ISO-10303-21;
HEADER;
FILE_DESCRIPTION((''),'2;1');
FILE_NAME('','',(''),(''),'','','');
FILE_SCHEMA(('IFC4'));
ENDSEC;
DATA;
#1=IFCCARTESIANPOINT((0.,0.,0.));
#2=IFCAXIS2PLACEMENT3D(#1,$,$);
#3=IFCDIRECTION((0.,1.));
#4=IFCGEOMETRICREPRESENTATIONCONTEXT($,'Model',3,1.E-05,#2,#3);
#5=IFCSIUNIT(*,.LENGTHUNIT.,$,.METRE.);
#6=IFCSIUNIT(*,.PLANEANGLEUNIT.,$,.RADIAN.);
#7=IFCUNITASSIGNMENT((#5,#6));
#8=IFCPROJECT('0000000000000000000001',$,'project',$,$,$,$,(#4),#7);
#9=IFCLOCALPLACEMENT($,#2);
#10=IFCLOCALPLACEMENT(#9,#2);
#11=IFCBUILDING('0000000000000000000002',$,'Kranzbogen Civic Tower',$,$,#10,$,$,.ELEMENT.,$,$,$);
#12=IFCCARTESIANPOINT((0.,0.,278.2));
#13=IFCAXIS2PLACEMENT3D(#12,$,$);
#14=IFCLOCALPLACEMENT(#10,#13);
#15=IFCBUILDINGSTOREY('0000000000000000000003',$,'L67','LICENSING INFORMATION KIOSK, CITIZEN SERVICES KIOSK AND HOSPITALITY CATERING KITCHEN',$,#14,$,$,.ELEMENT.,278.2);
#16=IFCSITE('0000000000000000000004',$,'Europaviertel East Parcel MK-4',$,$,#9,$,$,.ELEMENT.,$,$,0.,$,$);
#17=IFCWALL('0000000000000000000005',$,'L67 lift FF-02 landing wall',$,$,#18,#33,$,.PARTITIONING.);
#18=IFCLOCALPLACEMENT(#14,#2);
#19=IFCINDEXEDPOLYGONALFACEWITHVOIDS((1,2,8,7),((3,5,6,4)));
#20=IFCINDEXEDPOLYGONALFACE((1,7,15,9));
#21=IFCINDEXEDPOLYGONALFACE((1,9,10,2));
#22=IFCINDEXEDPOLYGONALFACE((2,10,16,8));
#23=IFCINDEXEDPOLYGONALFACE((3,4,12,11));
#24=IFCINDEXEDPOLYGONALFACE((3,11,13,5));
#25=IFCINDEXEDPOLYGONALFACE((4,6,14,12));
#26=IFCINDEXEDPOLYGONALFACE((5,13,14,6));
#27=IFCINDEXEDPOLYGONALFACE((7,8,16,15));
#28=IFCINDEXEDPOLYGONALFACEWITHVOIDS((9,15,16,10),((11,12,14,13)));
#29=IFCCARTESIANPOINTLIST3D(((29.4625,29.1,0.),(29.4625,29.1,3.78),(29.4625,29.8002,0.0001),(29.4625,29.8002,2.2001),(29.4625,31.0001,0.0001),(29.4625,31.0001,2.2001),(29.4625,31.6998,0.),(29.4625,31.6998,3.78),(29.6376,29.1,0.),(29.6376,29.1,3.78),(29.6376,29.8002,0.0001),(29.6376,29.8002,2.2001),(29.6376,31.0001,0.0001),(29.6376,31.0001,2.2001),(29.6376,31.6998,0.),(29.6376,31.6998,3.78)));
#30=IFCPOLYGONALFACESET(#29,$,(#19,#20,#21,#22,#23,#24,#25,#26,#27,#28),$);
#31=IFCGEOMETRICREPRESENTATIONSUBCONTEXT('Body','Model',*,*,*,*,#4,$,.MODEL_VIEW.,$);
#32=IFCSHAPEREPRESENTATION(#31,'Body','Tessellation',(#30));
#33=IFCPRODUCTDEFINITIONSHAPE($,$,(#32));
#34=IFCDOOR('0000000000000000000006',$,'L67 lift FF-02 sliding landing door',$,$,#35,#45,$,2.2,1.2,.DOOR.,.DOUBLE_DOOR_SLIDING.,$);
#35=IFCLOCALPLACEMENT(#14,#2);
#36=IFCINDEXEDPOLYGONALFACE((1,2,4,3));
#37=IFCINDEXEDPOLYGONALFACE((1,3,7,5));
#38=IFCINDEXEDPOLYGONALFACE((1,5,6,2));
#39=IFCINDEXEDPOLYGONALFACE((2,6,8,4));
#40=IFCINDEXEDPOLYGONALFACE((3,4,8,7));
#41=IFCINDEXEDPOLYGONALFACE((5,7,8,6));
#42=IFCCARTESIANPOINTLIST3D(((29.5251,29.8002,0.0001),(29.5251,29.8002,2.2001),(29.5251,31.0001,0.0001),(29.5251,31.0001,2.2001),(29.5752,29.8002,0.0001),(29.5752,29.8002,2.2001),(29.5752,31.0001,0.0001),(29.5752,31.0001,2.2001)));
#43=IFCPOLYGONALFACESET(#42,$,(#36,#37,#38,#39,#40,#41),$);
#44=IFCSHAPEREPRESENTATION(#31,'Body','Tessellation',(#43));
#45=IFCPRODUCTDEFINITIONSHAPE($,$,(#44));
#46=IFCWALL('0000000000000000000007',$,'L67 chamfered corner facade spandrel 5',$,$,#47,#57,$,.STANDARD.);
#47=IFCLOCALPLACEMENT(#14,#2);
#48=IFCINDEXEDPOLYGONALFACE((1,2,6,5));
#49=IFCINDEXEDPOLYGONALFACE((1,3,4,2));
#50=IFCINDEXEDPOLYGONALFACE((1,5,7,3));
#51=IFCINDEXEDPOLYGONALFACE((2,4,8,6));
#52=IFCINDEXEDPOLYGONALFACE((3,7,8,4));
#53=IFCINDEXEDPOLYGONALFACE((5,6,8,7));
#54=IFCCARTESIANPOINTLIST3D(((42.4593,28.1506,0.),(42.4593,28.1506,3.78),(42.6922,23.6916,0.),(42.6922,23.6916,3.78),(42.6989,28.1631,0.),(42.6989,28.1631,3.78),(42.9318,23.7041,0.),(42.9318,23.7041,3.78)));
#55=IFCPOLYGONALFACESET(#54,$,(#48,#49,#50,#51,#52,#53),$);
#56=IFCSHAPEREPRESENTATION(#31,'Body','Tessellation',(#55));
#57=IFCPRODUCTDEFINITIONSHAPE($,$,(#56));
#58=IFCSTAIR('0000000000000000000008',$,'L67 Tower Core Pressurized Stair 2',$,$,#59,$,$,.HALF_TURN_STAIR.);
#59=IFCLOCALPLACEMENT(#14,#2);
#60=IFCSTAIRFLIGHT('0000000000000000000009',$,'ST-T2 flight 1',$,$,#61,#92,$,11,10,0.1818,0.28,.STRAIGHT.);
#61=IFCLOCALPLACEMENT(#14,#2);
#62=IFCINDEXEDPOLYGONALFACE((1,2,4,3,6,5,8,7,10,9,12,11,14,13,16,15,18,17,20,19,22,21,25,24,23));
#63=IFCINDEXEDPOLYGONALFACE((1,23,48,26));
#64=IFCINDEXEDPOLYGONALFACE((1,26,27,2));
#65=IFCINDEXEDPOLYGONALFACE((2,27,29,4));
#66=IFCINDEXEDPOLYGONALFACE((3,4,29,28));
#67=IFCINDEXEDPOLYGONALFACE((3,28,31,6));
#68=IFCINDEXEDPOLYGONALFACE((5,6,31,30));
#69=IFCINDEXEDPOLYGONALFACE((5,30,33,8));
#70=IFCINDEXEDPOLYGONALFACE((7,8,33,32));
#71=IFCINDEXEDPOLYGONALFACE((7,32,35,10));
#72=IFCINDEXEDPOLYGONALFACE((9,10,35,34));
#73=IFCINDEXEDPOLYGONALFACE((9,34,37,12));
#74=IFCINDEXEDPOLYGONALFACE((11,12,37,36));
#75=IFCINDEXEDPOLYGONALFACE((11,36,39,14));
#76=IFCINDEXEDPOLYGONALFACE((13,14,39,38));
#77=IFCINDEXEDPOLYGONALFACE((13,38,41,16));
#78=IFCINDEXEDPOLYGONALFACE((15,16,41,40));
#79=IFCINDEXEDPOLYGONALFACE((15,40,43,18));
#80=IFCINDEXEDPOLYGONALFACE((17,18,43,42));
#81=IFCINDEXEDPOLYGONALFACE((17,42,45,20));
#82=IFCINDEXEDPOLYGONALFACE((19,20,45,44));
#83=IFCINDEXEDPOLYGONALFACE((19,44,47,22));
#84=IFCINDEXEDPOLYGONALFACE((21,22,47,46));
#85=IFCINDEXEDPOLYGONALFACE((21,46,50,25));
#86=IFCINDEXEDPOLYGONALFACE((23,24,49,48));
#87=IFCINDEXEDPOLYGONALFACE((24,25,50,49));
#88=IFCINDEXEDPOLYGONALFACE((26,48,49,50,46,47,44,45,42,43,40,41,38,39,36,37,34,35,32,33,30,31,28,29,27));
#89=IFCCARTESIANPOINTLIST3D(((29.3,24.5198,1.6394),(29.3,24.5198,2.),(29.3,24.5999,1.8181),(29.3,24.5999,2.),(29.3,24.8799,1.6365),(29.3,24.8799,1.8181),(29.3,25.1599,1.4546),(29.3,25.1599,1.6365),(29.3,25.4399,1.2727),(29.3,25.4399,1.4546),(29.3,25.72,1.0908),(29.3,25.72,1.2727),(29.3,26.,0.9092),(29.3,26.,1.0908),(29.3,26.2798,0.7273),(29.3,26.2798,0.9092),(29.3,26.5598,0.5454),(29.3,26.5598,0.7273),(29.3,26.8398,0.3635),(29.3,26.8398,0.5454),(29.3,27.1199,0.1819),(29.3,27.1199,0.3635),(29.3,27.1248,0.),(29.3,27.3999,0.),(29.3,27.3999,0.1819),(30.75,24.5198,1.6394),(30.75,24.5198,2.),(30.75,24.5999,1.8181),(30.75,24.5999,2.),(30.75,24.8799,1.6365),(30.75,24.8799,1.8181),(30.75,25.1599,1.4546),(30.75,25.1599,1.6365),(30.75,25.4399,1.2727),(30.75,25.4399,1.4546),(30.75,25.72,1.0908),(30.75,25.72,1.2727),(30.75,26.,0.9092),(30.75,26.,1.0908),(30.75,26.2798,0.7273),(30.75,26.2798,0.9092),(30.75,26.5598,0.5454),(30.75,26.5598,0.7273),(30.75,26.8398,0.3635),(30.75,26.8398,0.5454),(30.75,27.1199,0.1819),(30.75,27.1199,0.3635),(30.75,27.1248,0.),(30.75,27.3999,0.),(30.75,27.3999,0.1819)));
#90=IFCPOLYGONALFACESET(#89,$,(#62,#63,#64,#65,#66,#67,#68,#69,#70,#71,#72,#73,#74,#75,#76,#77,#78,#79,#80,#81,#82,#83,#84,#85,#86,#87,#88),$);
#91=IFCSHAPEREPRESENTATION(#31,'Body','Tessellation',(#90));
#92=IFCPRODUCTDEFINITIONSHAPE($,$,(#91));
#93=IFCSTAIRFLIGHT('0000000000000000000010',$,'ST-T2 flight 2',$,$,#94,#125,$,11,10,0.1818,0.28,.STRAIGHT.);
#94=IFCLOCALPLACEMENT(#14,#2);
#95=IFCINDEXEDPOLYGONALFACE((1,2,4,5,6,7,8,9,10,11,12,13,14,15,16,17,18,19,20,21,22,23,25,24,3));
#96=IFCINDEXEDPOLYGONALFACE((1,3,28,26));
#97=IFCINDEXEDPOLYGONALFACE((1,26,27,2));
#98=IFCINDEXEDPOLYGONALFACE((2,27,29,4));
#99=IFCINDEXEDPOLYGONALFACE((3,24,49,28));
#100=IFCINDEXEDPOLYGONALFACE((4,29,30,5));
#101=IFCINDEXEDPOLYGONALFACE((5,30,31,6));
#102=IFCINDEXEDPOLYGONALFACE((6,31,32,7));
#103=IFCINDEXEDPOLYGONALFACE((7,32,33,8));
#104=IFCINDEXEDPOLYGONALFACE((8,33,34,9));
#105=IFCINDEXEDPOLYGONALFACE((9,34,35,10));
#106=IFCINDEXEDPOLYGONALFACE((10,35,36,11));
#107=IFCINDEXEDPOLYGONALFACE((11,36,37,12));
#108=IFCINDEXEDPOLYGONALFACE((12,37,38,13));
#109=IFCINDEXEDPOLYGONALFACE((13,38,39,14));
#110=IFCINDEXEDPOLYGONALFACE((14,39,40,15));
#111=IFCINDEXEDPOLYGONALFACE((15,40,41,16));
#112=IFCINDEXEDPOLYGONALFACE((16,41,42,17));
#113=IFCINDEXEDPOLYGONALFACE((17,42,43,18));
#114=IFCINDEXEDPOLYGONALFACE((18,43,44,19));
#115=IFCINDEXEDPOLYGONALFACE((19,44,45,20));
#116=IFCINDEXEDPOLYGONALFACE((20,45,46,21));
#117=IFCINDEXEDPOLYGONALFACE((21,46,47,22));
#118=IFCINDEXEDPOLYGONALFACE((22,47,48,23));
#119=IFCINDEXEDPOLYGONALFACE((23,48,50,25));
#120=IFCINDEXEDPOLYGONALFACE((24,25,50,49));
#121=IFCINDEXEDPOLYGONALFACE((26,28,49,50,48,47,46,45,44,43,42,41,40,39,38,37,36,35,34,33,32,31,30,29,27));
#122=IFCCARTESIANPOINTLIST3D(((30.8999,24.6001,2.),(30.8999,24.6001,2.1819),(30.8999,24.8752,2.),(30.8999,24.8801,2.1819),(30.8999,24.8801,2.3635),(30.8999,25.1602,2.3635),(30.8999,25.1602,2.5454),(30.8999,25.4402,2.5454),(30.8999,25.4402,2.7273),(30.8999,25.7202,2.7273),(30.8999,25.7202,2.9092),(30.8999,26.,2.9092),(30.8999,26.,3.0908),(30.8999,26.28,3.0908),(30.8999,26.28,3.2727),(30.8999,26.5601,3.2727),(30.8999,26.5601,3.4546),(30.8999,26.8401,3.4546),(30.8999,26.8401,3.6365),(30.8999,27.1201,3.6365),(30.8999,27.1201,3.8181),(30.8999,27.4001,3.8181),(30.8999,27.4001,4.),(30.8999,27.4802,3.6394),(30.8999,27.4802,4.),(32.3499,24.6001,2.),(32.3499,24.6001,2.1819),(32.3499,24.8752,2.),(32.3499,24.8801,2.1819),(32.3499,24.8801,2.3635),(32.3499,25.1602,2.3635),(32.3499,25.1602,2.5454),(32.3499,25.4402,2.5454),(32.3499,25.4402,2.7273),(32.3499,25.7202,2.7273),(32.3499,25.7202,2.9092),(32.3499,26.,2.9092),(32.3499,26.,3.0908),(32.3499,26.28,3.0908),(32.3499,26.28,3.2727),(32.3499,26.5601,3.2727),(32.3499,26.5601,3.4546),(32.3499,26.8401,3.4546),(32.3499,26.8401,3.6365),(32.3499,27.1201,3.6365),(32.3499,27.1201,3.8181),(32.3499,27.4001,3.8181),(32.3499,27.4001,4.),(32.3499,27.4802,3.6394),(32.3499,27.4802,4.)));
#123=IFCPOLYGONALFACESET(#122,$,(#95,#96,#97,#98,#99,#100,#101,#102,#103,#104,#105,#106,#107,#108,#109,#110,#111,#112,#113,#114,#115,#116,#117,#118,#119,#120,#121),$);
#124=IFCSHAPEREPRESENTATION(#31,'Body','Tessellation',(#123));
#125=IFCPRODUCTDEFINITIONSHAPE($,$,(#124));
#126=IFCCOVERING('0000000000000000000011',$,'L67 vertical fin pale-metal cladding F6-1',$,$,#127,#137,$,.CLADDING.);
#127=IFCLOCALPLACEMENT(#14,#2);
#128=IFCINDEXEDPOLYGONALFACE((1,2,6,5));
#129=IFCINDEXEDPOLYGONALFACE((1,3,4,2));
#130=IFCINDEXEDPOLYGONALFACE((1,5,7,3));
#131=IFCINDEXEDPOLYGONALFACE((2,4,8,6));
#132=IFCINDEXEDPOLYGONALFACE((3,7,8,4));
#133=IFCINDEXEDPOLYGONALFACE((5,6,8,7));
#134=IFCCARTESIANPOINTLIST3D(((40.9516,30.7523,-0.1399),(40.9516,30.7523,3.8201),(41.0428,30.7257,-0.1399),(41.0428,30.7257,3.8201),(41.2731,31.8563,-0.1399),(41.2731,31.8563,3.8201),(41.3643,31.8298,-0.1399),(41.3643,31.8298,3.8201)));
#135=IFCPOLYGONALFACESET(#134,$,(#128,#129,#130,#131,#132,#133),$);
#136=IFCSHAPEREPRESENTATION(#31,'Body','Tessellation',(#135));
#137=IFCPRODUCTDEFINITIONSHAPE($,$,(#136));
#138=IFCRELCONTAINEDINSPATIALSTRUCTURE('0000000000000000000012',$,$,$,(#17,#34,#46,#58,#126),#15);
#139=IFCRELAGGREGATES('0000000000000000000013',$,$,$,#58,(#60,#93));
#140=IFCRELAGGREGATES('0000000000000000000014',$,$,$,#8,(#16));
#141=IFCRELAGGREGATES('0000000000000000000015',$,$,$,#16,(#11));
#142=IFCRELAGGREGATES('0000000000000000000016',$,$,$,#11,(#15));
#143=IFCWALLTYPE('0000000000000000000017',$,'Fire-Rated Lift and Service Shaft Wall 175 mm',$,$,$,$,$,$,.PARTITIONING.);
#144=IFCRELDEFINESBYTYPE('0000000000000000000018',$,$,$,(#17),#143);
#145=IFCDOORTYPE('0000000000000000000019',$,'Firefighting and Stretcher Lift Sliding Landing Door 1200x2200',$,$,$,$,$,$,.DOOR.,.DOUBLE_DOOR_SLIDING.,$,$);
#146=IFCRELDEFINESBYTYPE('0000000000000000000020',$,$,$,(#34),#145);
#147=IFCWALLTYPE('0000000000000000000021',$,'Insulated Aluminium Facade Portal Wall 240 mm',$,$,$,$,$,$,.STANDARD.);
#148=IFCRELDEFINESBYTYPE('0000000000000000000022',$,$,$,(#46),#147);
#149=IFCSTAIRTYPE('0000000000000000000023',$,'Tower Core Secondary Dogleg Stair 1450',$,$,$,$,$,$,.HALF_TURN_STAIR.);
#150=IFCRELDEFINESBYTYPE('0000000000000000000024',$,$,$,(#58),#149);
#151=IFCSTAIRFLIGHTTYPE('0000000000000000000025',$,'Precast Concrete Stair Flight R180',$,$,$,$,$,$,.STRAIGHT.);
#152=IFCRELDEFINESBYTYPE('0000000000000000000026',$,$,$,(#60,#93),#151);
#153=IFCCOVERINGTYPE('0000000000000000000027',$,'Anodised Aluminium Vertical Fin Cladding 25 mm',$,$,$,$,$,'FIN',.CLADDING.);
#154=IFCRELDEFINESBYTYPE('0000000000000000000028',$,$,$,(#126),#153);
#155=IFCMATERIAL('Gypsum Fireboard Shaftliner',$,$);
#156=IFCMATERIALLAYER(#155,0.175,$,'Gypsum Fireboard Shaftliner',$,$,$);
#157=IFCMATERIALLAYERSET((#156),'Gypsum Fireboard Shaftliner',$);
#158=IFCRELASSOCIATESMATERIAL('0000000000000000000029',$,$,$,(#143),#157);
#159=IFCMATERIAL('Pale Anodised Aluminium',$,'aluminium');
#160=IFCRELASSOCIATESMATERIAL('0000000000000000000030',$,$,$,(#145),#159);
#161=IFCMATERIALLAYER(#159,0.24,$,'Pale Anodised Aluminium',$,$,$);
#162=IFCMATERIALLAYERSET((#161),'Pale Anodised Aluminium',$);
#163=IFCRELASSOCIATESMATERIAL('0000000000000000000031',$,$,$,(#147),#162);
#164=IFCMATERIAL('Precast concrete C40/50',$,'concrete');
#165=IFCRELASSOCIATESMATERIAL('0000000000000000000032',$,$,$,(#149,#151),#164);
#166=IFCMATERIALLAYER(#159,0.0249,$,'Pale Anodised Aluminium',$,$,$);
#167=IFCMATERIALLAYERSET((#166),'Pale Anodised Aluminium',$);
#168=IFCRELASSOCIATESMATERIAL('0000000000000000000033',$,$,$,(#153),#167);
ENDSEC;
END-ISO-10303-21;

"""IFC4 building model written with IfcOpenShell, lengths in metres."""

from ifc_helpers import new_model, si_unit, direction, frame, frame_2d, origin, origin_2d, place, context, subcontext, project, spatial, polyline, rectangle, outline, extrude, material, layer, layer_set, type_object, element, fill, aggregate, save


model = new_model("IFC4")

# Units and contexts
model_context = context("Model", 3, precision=1e-05, world=origin(), true_north=direction((0.0, 1.0)))
body_context = subcontext(model_context, "Body", "Model", "MODEL_VIEW")
ifc_project = project(units=[si_unit("LENGTHUNIT", "METRE"), si_unit("PLANEANGLEUNIT", "RADIAN")], contexts=[model_context])

# Site, building, storey
site_placement = place(None, origin())
site = spatial("IfcSite", under=ifc_project, at=site_placement, Name="Europaviertel East Parcel MK-4", CompositionType="ELEMENT", RefElevation=0.0)
building_placement = place(site_placement, origin())
building = spatial("IfcBuilding", under=site, at=building_placement, Name="Kranzbogen Civic Tower", CompositionType="ELEMENT")
storey_placement = place(building_placement, frame((0.0, 0.0, 278.2)))
storey = spatial("IfcBuildingStorey", under=building, at=storey_placement, Name="L67", Description="LICENSING INFORMATION KIOSK, CITIZEN SERVICES KIOSK AND HOSPITALITY CATERING KITCHEN", CompositionType="ELEMENT", Elevation=278.2)

# Shared definitions
ifc_material_1 = material(Name="Pale Anodised Aluminium", Category="aluminium")

# Wall, opening, door
ifc_material_2 = material(Name="Gypsum Fireboard Shaftliner")
ifc_layer_1 = layer(ifc_material_2, 0.175, Name="Gypsum Fireboard Shaftliner")
ifc_layer_set_1 = layer_set([ifc_layer_1], Name="Gypsum Fireboard Shaftliner")
wall_type_1 = type_object("IfcWallType", Name="Fire-Rated Lift and Service Shaft Wall 175 mm", PredefinedType="PARTITIONING", material=ifc_layer_set_1)
wall_1_placement = place(storey_placement, frame((29.55, 29.1001, 0.0), z_axis=(0.0, 0.0, 1.0), x_axis=(0.0, 1.0, 0.0)))
wall_1 = element("IfcWall", 1, at=wall_1_placement, inside=storey, type_object=wall_type_1, Name="L67 lift FF-02 landing wall", PredefinedType="PARTITIONING", context=body_context, shape_type="SweptSolid", body=[
    extrude(rectangle(XDim=2.5999, YDim=0.175, at=frame_2d((1.2998, 0.0))), origin(), (0.0, 0.0, 1.0), 3.78),
])
opening_1_placement = place(wall_1_placement, frame((0.7, 0.0, 0.0)))
opening_1 = element("IfcOpeningElement", 2, at=opening_1_placement, cuts=wall_1, PredefinedType="OPENING", context=body_context, shape_type="SweptSolid", body=[
    extrude(rectangle(XDim=1.2, YDim=2.2, at=frame_2d((0.6001, 1.1001))), frame((0.0, 0.0977, 0.0), z_axis=(0.0, -1.0, 0.0), x_axis=(1.0, 0.0, 0.0)), (0.0, 0.0, 1.0), 0.1951),
])
door_type_1 = type_object("IfcDoorType", Name="Firefighting and Stretcher Lift Sliding Landing Door 1200x2200", OperationType="DOUBLE_DOOR_SLIDING", PredefinedType="DOOR", material=ifc_material_1)
door_1_placement = place(opening_1_placement, origin())
door_1 = element("IfcDoor", 3, at=door_1_placement, inside=storey, type_object=door_type_1, Name="L67 lift FF-02 sliding landing door", OperationType="DOUBLE_DOOR_SLIDING", OverallHeight=2.2, OverallWidth=1.2, PredefinedType="DOOR", context=body_context, shape_type="SweptSolid", body=[
    extrude(rectangle(XDim=1.2, YDim=2.2, at=frame_2d((0.6001, 1.1001))), frame((0.0, 0.0249, 0.0), z_axis=(0.0, -1.0, 0.0), x_axis=(1.0, 0.0, 0.0)), (0.0, 0.0, 1.0), 0.05),
])
fill(opening_1, door_1)

# Wall
ifc_layer_2 = layer(ifc_material_1, 0.24, Name="Pale Anodised Aluminium")
ifc_layer_set_2 = layer_set([ifc_layer_2], Name="Pale Anodised Aluminium")
wall_type_2 = type_object("IfcWallType", Name="Insulated Aluminium Facade Portal Wall 240 mm", PredefinedType="STANDARD", material=ifc_layer_set_2)
wall_2_placement = place(storey_placement, frame((42.812, 23.698, 0.0), z_axis=(0.0, 0.0, 1.0), x_axis=(-0.052163, 0.998639, 0.0)))
element("IfcWall", 4, at=wall_2_placement, inside=storey, type_object=wall_type_2, Name="L67 chamfered corner facade spandrel 5", PredefinedType="STANDARD", context=body_context, shape_type="SweptSolid", body=[
    extrude(rectangle(XDim=4.4651, YDim=0.24, at=frame_2d((2.2324, 0.0))), origin(), (0.0, 0.0, 1.0), 3.78),
])

# Stair, stair flights
ifc_material_3 = material(Name="Precast concrete C40/50", Category="concrete")
stair_type = type_object("IfcStairType", Name="Tower Core Secondary Dogleg Stair 1450", PredefinedType="HALF_TURN_STAIR", material=ifc_material_3)
stair_placement = place(storey_placement, origin())
stair = element("IfcStair", 5, at=stair_placement, inside=storey, type_object=stair_type, Name="L67 Tower Core Pressurized Stair 2", PredefinedType="HALF_TURN_STAIR")
stair_flight_type = type_object("IfcStairFlightType", Name="Precast Concrete Stair Flight R180", PredefinedType="STRAIGHT", material=ifc_material_3)
stair_flight_1_placement = place(storey_placement, frame((30.0249, 27.3999, 0.0), z_axis=(0.0, 0.0, 1.0), x_axis=(0.0, -1.0, 0.0)))
stair_flight_1 = element("IfcStairFlight", 6, at=stair_flight_1_placement, type_object=stair_flight_type, Name="ST-T2 flight 1", NumberOfRisers=11, NumberOfTreads=10, PredefinedType="STRAIGHT", RiserHeight=0.1818, TreadLength=0.28, context=body_context, shape_type="SweptSolid", body=[
    extrude(outline(polyline([(0.0, 0.0), (0.0, 0.1819), (0.28, 0.1819), (0.28, 0.3635), (0.5601, 0.3635), (0.5601, 0.5454), (0.8401, 0.5454), (0.8401, 0.7273), (1.1201, 0.7273), (1.1201, 0.9092), (1.3999, 0.9092), (1.3999, 1.0908), (1.6799, 1.0908), (1.6799, 1.2727), (1.96, 1.2727), (1.96, 1.4546), (2.24, 1.4546), (2.24, 1.6365), (2.52, 1.6365), (2.52, 1.8181), (2.8, 1.8181), (2.8, 2.0), (2.8801, 2.0), (2.8801, 1.6394), (0.2751, 0.0), (0.0, 0.0)])), frame((0.0, 0.7251, 0.0), z_axis=(0.0, -1.0, 0.0), x_axis=(1.0, 0.0, 0.0)), (0.0, 0.0, 1.0), 1.45),
])
stair_flight_2_placement = place(storey_placement, frame((31.625, 24.6001, 2.0), z_axis=(0.0, 0.0, 1.0), x_axis=(0.0, 1.0, 0.0)))
stair_flight_2 = element("IfcStairFlight", 7, at=stair_flight_2_placement, type_object=stair_flight_type, Name="ST-T2 flight 2", NumberOfRisers=11, NumberOfTreads=10, PredefinedType="STRAIGHT", RiserHeight=0.1818, TreadLength=0.28, context=body_context, shape_type="SweptSolid", body=[
    extrude(outline(polyline([(0.0, 0.0), (0.0, 0.1819), (0.28, 0.1819), (0.28, 0.3635), (0.5601, 0.3635), (0.5601, 0.5454), (0.8401, 0.5454), (0.8401, 0.7273), (1.1201, 0.7273), (1.1201, 0.9092), (1.3999, 0.9092), (1.3999, 1.0908), (1.6799, 1.0908), (1.6799, 1.2727), (1.96, 1.2727), (1.96, 1.4546), (2.24, 1.4546), (2.24, 1.6365), (2.52, 1.6365), (2.52, 1.8181), (2.8, 1.8181), (2.8, 2.0), (2.8801, 2.0), (2.8801, 1.6394), (0.2751, 0.0), (0.0, 0.0)])), frame((0.0, 0.7251, 0.0), z_axis=(0.0, -1.0, 0.0), x_axis=(1.0, 0.0, 0.0)), (0.0, 0.0, 1.0), 1.45),
])
aggregate(stair, [stair_flight_1, stair_flight_2])

# Covering
ifc_layer_3 = layer(ifc_material_1, 0.0249, Name="Pale Anodised Aluminium")
ifc_layer_set_3 = layer_set([ifc_layer_3], Name="Pale Anodised Aluminium")
covering_type = type_object("IfcCoveringType", Name="Anodised Aluminium Vertical Fin Cladding 25 mm", ElementType="FIN", PredefinedType="CLADDING", material=ifc_layer_set_3)
covering_placement = place(storey_placement, frame((41.158, 31.291, -0.1399), z_axis=(0.0, 0.0, 1.0), x_axis=(0.279544, 0.960133, 0.0)))
element("IfcCovering", 8, at=covering_placement, inside=storey, type_object=covering_type, Name="L67 vertical fin pale-metal cladding F6-1", PredefinedType="CLADDING", context=body_context, shape_type="SweptSolid", body=[
    extrude(rectangle(XDim=1.1499, YDim=0.095, at=origin_2d()), origin(), (0.0, 0.0, 1.0), 3.96),
])

save(model, "model.ifc")
